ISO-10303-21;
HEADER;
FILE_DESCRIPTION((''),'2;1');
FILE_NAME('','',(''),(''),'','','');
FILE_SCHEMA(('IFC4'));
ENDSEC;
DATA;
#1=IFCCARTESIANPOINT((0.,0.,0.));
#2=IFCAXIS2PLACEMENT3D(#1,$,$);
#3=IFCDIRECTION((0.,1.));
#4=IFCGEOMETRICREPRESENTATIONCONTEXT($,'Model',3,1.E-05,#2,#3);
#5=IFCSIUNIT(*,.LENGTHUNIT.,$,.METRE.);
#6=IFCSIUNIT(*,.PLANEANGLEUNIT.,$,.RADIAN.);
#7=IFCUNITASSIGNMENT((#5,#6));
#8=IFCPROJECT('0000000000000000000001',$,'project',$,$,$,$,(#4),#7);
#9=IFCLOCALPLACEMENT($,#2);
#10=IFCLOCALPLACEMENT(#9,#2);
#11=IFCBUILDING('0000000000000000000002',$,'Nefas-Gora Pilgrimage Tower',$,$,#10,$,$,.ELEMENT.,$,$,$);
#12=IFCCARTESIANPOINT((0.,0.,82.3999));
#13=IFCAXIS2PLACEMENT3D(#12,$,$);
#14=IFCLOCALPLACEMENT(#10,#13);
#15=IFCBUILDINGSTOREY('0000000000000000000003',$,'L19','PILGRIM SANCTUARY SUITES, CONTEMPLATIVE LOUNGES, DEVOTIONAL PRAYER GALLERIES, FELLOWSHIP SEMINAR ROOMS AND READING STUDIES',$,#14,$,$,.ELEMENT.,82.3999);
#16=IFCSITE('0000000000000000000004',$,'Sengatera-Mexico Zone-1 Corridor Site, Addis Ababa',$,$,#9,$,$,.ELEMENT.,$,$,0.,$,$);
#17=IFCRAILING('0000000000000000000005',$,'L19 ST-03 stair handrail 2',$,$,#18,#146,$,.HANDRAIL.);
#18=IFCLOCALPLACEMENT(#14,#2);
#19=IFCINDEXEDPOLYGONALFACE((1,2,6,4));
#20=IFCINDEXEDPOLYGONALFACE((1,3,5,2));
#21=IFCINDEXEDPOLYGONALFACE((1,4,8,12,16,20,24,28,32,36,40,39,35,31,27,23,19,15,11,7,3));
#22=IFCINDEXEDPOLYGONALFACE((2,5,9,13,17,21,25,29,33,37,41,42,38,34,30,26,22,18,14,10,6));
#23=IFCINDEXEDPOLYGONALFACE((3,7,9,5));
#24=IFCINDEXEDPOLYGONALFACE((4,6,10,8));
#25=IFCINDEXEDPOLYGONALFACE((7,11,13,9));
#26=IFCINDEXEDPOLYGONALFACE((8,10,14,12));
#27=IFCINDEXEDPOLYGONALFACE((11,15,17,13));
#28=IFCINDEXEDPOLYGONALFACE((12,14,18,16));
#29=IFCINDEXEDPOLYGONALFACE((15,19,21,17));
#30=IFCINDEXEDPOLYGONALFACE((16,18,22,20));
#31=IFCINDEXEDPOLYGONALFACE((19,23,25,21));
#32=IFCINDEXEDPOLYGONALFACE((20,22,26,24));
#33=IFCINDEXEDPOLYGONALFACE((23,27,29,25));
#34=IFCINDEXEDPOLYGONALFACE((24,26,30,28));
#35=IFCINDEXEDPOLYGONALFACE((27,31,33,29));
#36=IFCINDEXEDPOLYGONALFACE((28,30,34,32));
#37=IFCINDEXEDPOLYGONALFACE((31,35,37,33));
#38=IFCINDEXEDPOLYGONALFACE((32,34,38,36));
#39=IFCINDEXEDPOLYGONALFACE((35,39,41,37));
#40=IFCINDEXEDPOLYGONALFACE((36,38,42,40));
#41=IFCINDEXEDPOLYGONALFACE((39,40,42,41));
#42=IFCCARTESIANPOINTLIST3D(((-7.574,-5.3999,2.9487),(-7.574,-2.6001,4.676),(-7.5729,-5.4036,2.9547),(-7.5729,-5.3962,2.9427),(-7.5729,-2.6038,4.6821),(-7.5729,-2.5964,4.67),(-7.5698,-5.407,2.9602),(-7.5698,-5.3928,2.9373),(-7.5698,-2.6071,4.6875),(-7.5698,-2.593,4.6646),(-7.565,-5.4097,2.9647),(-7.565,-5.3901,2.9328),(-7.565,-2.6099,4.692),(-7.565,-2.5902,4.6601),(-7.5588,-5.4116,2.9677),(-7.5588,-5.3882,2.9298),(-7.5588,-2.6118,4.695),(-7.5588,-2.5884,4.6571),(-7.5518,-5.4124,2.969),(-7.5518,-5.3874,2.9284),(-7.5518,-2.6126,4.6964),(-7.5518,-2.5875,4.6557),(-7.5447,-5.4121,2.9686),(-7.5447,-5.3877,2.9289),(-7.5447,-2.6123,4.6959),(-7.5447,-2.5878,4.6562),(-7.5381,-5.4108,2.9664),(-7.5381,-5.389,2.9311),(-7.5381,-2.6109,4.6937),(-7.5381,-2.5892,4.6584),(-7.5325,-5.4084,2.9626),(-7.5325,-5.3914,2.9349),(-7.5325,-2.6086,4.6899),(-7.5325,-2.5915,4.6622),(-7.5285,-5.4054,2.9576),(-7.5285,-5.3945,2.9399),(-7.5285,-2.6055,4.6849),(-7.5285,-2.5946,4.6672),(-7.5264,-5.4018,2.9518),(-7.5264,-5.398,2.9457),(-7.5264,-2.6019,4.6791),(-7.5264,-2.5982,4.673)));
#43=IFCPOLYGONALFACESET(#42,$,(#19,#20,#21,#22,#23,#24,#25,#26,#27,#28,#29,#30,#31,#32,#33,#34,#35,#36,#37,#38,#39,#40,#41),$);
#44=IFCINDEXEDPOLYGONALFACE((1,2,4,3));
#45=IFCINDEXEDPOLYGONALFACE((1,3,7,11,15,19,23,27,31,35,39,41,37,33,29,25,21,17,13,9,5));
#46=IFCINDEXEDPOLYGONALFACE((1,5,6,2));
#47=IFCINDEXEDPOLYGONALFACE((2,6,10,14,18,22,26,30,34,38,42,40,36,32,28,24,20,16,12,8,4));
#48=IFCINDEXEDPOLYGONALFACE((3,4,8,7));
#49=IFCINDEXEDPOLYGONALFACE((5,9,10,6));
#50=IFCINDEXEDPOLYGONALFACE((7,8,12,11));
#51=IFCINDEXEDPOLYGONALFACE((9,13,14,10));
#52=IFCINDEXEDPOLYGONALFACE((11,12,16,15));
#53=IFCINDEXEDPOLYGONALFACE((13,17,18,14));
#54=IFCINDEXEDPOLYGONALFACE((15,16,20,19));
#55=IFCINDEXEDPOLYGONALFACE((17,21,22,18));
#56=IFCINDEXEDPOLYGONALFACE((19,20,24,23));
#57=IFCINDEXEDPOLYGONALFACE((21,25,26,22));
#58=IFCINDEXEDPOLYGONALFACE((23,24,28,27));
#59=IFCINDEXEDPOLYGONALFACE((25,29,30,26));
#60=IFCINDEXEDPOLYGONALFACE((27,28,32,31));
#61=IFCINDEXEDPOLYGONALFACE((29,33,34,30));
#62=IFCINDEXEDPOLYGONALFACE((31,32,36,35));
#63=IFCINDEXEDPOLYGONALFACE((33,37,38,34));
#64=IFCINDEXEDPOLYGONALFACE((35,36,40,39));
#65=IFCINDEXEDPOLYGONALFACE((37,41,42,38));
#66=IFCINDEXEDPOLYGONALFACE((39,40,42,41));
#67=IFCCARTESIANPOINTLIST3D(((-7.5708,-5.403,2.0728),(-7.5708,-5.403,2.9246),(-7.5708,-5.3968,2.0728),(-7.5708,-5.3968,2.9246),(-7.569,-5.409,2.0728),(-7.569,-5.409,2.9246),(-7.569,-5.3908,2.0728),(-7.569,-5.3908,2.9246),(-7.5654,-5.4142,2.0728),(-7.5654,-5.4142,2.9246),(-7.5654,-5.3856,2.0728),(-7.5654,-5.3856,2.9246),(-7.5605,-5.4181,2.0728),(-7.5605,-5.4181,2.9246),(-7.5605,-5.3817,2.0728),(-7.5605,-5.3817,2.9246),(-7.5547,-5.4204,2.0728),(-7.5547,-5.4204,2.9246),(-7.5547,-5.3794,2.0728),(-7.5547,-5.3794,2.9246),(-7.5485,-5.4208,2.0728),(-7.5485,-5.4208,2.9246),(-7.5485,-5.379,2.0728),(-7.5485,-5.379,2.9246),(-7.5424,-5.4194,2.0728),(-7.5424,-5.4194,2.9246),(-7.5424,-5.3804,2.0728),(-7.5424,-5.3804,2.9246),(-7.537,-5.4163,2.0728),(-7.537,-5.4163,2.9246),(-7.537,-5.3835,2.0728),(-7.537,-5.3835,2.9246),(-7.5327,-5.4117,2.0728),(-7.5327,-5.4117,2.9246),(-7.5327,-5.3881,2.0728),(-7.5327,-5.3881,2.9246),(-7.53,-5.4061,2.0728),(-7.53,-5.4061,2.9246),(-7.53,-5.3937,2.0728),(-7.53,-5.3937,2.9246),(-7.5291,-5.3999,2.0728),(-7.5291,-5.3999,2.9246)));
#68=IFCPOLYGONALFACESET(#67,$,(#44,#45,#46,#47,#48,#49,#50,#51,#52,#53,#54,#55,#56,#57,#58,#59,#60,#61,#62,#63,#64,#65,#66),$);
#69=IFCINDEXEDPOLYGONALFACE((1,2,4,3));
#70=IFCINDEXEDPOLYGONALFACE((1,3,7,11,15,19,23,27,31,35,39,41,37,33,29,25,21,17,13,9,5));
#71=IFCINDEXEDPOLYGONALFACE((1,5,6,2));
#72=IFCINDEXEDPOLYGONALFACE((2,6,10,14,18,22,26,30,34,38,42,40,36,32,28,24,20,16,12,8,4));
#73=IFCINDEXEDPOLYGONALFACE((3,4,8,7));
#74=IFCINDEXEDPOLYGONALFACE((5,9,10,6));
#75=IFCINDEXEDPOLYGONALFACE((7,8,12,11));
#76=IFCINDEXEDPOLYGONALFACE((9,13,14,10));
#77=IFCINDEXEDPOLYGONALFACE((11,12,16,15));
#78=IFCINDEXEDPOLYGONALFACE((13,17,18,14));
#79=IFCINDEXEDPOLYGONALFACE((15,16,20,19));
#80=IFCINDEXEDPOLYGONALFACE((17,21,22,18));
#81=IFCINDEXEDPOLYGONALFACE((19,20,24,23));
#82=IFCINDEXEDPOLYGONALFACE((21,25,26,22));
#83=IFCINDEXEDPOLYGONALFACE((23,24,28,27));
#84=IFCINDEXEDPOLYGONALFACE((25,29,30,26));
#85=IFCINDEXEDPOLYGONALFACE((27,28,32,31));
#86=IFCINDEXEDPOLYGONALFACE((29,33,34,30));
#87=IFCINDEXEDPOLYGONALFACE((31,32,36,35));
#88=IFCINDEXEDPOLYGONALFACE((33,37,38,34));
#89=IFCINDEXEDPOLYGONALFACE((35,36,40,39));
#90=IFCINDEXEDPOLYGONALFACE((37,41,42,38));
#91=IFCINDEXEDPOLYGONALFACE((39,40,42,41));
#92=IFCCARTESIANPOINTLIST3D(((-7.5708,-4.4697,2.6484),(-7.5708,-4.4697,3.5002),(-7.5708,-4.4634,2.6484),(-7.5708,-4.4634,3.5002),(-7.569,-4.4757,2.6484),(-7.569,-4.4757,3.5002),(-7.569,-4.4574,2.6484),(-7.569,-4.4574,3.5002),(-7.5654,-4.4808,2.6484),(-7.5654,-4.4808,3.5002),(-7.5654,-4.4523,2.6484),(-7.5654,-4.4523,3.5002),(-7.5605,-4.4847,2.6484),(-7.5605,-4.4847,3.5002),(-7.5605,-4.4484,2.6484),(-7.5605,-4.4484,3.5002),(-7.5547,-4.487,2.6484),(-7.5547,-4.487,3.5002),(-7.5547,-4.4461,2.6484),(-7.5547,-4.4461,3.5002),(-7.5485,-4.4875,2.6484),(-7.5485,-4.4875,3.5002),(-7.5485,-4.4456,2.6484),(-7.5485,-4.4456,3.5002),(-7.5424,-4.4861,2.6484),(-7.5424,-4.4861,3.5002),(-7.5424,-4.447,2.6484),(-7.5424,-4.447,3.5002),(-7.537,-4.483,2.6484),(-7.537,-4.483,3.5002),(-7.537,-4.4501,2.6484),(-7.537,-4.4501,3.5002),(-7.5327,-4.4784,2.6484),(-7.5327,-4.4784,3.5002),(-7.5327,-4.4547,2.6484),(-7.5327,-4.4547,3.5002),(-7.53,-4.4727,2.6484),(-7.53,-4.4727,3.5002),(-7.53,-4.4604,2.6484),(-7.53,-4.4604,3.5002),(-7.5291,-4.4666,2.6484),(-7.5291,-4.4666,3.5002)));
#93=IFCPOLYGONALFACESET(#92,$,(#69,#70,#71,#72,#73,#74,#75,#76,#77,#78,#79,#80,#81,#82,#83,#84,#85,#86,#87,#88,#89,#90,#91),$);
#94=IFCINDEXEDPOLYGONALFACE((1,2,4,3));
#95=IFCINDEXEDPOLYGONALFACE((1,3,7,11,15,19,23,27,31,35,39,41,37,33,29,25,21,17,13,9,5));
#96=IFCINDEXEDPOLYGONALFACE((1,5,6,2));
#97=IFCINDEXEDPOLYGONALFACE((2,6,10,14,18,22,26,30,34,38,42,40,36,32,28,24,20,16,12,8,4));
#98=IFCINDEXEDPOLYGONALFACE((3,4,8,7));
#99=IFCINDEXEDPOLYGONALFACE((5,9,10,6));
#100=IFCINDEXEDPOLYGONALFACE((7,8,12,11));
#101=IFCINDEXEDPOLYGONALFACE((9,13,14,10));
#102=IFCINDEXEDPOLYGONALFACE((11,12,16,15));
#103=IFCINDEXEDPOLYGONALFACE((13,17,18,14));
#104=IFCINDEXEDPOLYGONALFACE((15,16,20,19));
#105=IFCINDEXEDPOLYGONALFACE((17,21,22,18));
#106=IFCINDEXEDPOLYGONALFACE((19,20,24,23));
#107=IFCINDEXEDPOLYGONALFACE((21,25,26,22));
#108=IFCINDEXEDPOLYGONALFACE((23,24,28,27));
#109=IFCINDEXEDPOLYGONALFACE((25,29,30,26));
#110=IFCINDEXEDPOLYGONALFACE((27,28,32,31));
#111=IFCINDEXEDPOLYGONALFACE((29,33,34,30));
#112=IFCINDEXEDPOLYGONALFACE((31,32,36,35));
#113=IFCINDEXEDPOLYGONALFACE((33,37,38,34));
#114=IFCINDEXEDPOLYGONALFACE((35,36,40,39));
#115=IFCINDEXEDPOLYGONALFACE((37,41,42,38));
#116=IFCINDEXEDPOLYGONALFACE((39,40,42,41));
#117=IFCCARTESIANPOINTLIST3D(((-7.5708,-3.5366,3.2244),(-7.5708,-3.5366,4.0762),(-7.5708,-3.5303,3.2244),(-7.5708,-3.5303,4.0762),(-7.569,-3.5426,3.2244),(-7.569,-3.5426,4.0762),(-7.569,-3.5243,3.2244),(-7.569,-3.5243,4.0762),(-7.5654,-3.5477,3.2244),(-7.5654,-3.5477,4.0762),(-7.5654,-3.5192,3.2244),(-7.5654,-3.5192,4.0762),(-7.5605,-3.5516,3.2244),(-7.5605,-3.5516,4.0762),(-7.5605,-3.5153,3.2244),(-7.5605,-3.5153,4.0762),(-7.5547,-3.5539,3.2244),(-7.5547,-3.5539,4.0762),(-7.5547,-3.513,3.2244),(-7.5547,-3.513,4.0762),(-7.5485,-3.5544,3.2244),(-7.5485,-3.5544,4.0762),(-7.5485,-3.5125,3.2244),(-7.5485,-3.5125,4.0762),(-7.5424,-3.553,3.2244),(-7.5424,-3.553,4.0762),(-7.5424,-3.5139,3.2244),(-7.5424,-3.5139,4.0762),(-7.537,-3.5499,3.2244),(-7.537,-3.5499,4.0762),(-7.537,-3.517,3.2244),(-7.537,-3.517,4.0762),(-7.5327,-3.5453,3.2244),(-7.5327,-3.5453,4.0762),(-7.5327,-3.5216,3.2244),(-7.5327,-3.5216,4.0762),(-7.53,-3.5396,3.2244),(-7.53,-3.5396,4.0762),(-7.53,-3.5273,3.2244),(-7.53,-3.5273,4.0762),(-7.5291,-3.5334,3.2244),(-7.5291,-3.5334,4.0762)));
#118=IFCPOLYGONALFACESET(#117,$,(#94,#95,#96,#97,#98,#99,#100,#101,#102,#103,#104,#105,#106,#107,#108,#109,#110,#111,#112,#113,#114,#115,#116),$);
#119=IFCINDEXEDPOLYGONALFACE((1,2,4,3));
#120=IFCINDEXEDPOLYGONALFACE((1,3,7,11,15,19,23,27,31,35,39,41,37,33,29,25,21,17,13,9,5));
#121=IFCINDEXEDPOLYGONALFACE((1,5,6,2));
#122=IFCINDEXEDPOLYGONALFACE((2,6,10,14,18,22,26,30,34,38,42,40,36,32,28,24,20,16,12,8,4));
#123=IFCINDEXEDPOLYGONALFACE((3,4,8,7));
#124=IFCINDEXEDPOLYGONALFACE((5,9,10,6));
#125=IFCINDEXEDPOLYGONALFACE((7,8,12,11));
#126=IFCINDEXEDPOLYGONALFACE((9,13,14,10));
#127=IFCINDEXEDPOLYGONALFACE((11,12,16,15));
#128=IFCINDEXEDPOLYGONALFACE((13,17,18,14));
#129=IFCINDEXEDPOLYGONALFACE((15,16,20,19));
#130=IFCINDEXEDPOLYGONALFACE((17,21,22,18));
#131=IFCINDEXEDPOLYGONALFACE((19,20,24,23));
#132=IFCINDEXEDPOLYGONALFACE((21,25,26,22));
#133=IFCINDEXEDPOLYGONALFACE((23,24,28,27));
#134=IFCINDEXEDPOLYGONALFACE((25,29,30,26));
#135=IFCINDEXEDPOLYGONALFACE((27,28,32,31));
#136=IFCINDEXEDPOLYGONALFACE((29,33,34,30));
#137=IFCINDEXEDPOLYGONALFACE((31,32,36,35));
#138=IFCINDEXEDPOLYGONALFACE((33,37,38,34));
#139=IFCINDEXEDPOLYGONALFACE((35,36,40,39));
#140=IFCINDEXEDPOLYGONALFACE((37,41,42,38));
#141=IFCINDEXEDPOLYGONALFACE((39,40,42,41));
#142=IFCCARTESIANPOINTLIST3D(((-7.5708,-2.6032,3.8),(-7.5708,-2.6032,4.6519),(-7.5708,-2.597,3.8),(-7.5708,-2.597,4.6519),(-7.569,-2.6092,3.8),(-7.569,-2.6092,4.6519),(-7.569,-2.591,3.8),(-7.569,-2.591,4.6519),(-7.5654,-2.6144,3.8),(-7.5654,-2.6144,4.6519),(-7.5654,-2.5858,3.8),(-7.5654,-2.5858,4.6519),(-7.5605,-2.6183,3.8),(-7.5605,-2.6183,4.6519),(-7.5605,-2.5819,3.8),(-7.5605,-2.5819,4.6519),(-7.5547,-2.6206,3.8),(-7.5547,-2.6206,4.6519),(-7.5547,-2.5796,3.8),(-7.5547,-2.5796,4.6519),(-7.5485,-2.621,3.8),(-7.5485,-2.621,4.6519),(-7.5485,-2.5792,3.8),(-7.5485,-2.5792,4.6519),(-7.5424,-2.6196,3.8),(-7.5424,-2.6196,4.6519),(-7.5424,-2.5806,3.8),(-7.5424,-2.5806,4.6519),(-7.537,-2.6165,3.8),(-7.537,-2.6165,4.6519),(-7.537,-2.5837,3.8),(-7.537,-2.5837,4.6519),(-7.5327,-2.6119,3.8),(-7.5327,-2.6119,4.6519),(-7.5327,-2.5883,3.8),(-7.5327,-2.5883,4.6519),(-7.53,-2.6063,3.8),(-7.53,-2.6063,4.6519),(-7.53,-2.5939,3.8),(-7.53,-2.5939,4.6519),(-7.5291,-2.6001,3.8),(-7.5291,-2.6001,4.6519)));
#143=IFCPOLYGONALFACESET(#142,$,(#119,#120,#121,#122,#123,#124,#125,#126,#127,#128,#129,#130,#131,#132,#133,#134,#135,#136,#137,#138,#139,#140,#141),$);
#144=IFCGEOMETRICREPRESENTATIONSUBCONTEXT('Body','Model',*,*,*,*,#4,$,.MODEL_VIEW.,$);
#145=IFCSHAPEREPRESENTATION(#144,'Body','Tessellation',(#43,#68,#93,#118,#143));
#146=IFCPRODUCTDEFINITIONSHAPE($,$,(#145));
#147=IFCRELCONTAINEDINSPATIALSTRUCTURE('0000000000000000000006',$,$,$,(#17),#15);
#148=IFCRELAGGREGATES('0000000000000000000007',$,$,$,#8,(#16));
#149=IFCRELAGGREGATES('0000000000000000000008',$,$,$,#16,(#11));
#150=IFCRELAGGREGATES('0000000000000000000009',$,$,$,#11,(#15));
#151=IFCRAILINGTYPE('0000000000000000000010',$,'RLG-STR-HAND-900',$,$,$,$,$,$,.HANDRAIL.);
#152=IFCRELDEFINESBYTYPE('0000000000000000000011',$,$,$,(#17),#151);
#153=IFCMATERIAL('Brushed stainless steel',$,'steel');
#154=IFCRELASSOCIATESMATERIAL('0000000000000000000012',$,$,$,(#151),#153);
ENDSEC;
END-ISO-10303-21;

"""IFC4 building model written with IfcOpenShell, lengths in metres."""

from ifc_helpers import new_model, si_unit, direction, frame, origin, origin_2d, place, context, subcontext, project, spatial, circle, extrude, material, type_object, element, save


model = new_model("IFC4")

# Units and contexts
model_context = context("Model", 3, precision=1e-05, world=origin(), true_north=direction((0.0, 1.0)))
body_context = subcontext(model_context, "Body", "Model", "MODEL_VIEW")
ifc_project = project(units=[si_unit("LENGTHUNIT", "METRE"), si_unit("PLANEANGLEUNIT", "RADIAN")], contexts=[model_context])

# Site, building, storey
site_placement = place(None, origin())
site = spatial("IfcSite", under=ifc_project, at=site_placement, Name="Sengatera-Mexico Zone-1 Corridor Site, Addis Ababa", CompositionType="ELEMENT", RefElevation=0.0)
building_placement = place(site_placement, origin())
building = spatial("IfcBuilding", under=site, at=building_placement, Name="Nefas-Gora Pilgrimage Tower", CompositionType="ELEMENT")
storey_placement = place(building_placement, frame((0.0, 0.0, 82.3999)))
storey = spatial("IfcBuildingStorey", under=building, at=storey_placement, Name="L19", Description="PILGRIM SANCTUARY SUITES, CONTEMPLATIVE LOUNGES, DEVOTIONAL PRAYER GALLERIES, FELLOWSHIP SEMINAR ROOMS AND READING STUDIES", CompositionType="ELEMENT", Elevation=82.3999)

# Railing
ifc_material_1 = material(Name="Brushed stainless steel", Category="steel")
railing_type_1 = type_object("IfcRailingType", Name="RLG-STR-HAND-900", PredefinedType="HANDRAIL", material=ifc_material_1)
railing_1_placement = place(storey_placement, frame((-7.55, -5.3999, 2.0728)))
element("IfcRailing", 1, at=railing_1_placement, inside=storey, type_object=railing_type_1, Name="L19 ST-03 stair handrail 2", PredefinedType="HANDRAIL", context=body_context, shape_type="SweptSolid", body=[
    extrude(circle(Radius=0.0239, at=origin_2d()), frame((0.0, 0.0, 0.876), z_axis=(0.0, 0.851069, 0.525054), x_axis=(-1.0, 0.0, 0.0)), (0.0, 0.0, 1.0), 3.2898),
    extrude(circle(Radius=0.021, at=origin_2d()), origin(), (0.0, 0.0, 1.0), 0.8518),
    extrude(circle(Radius=0.021, at=origin_2d()), frame((0.0, 0.9333, 0.5757)), (0.0, 0.0, 1.0), 0.8518),
    extrude(circle(Radius=0.021, at=origin_2d()), frame((0.0, 1.8665, 1.1516)), (0.0, 0.0, 1.0), 0.8518),
    extrude(circle(Radius=0.021, at=origin_2d()), frame((0.0, 2.7998, 1.7273)), (0.0, 0.0, 1.0), 0.8518),
])

save(model, "model.ifc")
